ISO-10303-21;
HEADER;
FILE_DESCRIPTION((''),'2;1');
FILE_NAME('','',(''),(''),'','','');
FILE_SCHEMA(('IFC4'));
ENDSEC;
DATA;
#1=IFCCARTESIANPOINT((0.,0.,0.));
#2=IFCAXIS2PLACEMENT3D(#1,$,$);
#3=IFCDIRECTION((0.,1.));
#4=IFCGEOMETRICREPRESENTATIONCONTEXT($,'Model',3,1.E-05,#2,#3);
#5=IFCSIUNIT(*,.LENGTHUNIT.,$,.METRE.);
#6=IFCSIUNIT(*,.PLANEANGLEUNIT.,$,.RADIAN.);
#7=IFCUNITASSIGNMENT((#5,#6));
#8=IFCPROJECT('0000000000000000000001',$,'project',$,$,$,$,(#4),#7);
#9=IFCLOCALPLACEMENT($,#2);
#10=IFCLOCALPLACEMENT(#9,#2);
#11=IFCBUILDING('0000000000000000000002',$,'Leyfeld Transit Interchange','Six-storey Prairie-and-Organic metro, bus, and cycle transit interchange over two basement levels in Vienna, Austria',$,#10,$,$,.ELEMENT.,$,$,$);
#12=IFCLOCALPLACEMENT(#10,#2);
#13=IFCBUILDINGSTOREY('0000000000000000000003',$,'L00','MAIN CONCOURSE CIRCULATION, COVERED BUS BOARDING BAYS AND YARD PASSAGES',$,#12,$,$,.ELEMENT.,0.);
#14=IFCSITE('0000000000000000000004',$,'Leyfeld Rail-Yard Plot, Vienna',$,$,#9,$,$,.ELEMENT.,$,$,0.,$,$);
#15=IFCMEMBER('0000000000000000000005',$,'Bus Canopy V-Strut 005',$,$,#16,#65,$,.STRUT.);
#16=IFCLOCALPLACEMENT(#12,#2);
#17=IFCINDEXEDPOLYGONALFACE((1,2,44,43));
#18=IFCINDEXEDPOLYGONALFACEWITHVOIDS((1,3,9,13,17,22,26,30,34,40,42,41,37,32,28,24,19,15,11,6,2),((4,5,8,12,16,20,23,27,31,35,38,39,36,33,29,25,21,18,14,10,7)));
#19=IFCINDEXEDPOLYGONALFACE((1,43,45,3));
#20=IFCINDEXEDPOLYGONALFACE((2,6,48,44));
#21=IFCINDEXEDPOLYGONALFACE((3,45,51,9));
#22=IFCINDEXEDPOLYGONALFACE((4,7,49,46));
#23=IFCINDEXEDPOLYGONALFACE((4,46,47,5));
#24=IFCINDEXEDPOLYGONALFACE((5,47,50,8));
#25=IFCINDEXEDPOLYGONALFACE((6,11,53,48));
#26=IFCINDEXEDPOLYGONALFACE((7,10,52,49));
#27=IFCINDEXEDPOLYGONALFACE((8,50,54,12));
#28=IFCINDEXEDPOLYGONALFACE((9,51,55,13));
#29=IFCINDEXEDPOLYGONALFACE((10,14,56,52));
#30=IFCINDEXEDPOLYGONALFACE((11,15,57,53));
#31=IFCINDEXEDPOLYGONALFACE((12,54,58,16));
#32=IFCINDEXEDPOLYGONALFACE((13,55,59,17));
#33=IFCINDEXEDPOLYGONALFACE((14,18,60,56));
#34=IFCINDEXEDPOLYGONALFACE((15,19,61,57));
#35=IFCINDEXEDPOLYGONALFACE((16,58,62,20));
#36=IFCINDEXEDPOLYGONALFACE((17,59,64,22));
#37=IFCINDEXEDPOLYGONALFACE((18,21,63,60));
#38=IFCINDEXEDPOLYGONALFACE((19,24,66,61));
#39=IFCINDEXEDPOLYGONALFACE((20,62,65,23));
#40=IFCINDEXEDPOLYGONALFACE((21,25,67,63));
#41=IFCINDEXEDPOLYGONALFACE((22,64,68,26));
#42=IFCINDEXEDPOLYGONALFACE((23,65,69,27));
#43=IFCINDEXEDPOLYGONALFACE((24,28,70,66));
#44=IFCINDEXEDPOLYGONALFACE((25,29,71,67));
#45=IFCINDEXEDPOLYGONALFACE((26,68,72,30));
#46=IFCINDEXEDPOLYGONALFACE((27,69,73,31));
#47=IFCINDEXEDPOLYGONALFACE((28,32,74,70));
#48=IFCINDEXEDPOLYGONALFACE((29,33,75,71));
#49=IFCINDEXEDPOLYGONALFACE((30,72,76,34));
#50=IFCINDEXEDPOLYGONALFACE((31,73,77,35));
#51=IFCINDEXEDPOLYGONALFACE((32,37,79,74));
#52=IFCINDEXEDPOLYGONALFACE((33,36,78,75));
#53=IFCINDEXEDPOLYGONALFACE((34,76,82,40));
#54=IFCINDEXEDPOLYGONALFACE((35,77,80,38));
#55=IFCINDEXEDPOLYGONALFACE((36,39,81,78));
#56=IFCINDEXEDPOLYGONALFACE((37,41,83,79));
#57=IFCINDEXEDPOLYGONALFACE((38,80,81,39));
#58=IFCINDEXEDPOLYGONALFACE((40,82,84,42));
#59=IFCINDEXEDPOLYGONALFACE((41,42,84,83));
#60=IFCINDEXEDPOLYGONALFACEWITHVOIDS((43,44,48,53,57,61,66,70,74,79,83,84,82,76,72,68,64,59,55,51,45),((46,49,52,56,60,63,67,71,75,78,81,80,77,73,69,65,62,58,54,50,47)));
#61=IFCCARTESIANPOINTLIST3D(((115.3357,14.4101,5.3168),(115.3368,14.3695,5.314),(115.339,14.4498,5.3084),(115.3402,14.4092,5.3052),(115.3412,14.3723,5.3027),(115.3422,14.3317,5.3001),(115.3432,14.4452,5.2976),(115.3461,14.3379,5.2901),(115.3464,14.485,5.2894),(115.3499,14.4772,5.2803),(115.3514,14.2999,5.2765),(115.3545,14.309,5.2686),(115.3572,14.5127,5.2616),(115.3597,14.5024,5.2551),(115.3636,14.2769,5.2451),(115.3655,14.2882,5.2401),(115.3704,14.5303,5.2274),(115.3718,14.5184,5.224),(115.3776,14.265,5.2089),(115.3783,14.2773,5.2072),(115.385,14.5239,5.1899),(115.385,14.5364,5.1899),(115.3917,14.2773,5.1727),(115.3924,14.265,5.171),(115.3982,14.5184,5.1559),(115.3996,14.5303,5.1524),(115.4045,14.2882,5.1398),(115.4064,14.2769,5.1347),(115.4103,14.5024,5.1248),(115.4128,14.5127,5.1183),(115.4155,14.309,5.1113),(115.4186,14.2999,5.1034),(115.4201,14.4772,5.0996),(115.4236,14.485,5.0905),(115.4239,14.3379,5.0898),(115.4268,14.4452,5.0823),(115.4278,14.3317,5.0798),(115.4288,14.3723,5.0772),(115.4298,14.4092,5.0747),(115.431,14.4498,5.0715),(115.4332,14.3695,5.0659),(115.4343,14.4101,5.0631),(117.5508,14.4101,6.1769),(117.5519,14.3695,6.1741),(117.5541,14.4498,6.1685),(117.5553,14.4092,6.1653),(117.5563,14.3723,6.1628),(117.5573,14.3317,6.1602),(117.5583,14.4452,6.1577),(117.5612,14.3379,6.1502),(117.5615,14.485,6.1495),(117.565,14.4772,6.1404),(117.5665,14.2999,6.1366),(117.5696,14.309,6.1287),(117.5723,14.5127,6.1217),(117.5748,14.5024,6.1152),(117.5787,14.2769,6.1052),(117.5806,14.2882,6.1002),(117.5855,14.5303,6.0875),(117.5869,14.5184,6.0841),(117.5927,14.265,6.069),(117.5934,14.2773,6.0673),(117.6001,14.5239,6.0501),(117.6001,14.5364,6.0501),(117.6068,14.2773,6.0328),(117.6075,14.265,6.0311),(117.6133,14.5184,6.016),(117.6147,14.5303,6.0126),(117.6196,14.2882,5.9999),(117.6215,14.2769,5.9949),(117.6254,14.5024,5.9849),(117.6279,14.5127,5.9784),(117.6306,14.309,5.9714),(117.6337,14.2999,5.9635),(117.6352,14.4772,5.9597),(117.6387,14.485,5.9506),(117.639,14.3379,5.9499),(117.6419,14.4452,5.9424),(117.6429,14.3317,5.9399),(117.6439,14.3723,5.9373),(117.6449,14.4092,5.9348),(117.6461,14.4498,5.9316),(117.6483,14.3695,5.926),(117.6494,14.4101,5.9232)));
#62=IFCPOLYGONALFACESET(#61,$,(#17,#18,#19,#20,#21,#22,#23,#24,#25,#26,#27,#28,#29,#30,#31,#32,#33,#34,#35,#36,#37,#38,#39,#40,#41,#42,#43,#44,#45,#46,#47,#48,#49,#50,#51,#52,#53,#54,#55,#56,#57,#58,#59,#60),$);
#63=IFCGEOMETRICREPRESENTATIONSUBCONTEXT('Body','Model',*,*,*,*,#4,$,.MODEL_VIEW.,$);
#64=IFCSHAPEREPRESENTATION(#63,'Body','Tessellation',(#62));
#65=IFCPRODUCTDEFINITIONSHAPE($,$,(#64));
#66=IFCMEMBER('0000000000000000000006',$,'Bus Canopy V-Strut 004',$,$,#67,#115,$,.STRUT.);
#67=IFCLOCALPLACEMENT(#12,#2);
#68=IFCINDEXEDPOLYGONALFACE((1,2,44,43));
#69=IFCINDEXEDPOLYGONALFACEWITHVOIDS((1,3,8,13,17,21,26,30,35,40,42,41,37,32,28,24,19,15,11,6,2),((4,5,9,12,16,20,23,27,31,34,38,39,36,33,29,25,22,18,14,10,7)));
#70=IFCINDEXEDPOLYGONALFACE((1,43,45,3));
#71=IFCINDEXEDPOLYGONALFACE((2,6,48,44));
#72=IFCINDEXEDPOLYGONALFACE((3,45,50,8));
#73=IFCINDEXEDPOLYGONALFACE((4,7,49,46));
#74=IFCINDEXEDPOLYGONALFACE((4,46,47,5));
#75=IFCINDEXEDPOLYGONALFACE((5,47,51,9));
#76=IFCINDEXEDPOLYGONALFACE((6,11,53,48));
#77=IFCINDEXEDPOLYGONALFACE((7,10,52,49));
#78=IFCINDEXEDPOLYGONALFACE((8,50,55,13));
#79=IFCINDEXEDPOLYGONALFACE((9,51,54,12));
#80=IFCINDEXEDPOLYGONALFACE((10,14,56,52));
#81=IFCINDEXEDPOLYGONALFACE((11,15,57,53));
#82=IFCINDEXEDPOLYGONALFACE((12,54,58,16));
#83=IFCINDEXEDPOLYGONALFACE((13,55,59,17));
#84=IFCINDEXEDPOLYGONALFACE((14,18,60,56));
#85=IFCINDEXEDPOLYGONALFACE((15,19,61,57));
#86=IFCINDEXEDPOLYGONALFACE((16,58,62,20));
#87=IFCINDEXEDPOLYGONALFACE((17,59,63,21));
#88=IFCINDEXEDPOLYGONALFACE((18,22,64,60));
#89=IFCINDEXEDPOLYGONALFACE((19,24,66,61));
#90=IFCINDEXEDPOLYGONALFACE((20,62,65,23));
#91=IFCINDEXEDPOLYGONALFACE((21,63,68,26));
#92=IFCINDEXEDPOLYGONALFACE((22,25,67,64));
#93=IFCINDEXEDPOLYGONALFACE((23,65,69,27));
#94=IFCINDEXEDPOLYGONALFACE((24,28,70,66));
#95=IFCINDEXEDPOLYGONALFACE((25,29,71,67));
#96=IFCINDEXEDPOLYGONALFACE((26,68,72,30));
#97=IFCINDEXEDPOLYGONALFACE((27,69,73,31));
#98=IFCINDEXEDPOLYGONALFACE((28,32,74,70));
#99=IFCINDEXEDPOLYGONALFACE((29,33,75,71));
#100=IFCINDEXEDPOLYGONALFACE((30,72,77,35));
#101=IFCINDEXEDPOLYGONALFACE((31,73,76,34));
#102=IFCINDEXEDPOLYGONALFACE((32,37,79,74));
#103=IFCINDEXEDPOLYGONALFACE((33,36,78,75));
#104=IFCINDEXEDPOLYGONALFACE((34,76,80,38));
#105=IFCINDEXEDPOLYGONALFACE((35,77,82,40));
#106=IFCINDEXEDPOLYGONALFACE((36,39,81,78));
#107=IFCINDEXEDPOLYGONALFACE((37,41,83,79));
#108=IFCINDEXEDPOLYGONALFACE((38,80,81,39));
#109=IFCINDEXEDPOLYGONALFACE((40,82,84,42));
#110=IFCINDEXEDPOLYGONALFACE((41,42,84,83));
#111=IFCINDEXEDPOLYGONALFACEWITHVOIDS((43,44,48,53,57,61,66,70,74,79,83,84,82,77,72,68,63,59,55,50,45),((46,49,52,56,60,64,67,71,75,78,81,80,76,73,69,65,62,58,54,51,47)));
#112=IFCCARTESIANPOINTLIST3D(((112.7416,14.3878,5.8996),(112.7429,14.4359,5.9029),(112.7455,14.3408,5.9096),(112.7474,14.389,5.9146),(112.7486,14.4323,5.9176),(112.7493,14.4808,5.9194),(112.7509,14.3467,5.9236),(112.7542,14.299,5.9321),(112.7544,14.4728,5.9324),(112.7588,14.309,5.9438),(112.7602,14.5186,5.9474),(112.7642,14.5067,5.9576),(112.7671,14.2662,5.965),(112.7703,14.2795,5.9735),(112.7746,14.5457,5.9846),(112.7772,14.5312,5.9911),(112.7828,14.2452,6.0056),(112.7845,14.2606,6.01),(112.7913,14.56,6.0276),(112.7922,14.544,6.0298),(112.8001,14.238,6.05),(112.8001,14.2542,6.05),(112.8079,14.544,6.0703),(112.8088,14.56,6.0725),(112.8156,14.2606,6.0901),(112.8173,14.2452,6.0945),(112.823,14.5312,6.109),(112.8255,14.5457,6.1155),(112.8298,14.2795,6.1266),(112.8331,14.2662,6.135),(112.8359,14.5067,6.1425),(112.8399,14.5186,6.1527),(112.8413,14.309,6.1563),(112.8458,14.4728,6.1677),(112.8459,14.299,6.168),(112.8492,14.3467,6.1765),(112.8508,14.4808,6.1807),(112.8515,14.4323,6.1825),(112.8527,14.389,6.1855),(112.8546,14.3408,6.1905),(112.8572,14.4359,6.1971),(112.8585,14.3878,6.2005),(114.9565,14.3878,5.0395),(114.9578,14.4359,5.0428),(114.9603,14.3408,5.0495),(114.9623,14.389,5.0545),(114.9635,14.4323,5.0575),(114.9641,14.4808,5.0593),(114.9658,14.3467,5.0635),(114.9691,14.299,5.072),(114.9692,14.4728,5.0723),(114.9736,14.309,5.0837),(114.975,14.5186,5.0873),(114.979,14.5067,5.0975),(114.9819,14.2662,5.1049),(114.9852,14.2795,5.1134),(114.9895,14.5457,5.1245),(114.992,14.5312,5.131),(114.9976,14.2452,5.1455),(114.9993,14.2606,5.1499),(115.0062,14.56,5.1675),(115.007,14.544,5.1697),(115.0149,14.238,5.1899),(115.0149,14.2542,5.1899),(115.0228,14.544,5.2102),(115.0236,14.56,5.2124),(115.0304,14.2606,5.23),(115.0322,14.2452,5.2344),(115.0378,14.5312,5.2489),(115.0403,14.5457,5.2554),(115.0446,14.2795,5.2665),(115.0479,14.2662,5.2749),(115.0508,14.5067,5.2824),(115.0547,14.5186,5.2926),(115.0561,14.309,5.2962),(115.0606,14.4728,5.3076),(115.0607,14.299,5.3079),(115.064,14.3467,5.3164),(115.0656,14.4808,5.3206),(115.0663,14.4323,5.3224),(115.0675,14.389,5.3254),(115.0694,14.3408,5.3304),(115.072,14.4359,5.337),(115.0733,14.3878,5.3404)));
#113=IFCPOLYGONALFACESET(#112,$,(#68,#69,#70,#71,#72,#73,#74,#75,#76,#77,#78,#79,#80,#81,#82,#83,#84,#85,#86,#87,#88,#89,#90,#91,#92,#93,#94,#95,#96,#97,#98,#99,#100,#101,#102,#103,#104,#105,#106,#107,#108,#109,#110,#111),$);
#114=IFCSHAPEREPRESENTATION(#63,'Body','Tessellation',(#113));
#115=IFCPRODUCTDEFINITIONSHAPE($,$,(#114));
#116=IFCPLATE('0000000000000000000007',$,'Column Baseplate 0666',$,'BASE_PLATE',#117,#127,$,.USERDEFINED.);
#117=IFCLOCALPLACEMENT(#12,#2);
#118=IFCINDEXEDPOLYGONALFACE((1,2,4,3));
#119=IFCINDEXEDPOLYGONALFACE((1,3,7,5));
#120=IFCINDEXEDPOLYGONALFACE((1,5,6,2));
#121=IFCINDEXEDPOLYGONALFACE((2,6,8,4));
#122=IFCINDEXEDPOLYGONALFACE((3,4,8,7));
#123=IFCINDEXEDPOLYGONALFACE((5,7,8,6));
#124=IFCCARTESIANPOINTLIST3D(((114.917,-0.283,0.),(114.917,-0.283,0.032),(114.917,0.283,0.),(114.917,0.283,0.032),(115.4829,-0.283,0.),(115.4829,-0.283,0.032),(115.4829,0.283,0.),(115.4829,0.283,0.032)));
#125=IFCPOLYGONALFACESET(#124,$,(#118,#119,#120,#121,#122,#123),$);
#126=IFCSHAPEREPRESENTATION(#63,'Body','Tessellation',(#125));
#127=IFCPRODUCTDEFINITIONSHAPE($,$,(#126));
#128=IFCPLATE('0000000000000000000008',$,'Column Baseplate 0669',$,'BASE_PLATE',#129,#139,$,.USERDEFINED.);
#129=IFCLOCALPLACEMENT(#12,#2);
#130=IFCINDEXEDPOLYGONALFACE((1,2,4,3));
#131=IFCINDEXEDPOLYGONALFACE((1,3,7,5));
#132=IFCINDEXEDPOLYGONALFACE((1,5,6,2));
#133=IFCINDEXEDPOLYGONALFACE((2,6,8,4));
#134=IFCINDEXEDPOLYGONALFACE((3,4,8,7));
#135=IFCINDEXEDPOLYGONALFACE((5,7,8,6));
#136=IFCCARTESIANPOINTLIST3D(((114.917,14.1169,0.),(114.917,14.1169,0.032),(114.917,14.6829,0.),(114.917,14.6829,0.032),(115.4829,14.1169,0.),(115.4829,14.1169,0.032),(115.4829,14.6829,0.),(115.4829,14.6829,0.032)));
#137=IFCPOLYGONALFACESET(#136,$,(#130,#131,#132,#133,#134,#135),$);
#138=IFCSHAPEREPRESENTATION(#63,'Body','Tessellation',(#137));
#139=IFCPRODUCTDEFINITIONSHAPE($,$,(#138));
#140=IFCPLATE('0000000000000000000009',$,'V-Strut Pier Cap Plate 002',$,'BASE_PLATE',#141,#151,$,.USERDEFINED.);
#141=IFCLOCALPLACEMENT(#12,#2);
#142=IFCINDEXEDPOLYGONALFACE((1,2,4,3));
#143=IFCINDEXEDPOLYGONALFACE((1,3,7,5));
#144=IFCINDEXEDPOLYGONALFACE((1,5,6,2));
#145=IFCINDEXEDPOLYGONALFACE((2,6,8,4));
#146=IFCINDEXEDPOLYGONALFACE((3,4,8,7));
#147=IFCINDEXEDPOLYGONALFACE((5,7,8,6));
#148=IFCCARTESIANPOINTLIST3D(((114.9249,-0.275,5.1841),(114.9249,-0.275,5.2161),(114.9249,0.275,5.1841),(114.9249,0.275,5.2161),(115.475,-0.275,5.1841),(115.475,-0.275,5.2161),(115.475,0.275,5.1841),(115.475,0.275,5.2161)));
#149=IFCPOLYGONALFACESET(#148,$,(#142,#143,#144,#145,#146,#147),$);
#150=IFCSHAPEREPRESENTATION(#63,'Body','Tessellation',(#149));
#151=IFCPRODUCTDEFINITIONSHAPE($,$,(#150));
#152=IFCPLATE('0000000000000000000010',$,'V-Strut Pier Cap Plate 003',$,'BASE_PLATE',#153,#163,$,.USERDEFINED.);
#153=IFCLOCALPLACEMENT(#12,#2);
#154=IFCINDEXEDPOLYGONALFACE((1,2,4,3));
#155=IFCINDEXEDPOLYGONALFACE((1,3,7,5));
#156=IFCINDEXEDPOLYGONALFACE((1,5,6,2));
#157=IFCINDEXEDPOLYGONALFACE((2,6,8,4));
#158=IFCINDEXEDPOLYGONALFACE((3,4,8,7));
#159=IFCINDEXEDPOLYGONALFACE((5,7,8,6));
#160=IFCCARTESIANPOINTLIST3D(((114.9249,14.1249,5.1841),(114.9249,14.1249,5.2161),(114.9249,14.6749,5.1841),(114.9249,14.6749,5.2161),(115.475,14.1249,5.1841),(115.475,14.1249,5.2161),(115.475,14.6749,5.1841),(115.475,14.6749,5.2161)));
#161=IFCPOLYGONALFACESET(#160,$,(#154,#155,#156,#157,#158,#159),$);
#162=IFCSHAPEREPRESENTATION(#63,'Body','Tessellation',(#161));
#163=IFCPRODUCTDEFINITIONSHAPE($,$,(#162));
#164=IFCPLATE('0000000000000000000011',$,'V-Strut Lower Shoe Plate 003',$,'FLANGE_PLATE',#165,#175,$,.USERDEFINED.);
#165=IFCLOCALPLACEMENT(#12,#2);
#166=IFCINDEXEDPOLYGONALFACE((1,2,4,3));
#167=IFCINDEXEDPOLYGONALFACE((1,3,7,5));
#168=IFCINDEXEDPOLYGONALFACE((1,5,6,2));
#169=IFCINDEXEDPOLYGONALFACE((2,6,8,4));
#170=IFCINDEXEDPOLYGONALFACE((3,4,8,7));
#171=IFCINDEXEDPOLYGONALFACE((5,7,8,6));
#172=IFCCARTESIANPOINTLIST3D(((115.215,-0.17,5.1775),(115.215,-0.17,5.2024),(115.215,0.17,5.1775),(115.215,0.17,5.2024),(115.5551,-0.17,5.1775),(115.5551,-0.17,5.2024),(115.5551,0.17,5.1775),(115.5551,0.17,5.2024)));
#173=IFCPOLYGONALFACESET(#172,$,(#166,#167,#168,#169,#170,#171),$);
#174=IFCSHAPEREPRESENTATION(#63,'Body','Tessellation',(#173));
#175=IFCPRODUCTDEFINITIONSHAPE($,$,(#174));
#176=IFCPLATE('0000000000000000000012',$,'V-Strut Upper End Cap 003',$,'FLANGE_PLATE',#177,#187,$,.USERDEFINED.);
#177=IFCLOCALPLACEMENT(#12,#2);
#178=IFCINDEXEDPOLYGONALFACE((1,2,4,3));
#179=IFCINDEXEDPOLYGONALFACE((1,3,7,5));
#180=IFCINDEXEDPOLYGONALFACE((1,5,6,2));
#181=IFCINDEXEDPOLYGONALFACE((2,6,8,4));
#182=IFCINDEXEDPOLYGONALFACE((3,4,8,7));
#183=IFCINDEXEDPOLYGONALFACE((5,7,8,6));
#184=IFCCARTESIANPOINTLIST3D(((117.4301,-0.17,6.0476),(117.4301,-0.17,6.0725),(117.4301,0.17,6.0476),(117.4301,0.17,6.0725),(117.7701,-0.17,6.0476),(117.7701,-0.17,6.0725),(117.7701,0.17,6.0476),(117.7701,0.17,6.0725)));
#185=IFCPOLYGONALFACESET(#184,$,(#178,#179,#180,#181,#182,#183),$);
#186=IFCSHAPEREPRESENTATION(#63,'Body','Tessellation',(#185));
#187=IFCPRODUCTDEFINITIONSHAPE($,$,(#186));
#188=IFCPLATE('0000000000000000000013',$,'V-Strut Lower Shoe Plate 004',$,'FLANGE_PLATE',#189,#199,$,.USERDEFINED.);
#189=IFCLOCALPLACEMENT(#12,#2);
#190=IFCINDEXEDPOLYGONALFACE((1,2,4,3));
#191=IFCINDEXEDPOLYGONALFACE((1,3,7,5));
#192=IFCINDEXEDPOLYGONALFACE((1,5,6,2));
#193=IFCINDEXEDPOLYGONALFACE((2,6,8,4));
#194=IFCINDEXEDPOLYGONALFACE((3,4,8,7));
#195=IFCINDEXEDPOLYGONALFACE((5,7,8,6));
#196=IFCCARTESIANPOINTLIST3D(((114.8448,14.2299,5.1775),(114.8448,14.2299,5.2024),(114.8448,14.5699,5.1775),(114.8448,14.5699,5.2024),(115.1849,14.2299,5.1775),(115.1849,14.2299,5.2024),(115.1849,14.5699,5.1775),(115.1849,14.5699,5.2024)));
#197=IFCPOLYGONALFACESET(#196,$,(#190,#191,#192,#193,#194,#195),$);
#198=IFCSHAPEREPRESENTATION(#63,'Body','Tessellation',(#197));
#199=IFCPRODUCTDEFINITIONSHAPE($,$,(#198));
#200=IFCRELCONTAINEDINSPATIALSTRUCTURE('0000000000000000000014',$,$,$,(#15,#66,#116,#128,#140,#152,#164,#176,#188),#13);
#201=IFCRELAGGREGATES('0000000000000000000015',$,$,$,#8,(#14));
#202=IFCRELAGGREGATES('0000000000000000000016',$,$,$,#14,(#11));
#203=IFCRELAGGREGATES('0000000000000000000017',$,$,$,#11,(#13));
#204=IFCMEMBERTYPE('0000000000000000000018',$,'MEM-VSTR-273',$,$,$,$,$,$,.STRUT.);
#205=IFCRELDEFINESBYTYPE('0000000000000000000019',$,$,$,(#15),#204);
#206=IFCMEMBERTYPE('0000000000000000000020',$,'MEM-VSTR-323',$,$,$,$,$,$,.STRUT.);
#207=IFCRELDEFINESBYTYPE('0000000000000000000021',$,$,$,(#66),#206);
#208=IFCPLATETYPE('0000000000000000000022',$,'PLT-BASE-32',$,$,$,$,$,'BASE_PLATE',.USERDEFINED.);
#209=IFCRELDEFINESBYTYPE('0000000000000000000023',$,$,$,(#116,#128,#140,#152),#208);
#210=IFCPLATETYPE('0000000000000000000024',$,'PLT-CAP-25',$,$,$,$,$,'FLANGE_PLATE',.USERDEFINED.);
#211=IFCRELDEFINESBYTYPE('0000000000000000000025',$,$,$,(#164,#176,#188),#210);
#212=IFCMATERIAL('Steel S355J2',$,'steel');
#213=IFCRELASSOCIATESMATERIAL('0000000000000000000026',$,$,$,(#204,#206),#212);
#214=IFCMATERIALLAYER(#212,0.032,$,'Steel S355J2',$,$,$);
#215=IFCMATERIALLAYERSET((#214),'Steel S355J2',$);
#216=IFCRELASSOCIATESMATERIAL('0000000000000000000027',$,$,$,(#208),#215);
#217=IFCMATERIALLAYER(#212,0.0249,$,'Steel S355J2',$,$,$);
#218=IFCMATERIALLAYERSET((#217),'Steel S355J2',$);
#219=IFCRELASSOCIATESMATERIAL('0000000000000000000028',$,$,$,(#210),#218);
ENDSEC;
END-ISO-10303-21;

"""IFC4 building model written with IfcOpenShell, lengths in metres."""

from ifc_helpers import new_model, si_unit, direction, frame, origin, origin_2d, place, context, subcontext, project, spatial, rectangle, hollow_circle, extrude, material, layer, layer_set, material_profile, profile_set, type_object, element, save


model = new_model("IFC4")

# Units and contexts
model_context = context("Model", 3, precision=1e-05, world=origin(), true_north=direction((0.0, 1.0)))
body_context = subcontext(model_context, "Body", "Model", "MODEL_VIEW")
ifc_project = project(units=[si_unit("LENGTHUNIT", "METRE"), si_unit("PLANEANGLEUNIT", "RADIAN")], contexts=[model_context])

# Site, building, storey
site_placement = place(None, origin())
site = spatial("IfcSite", under=ifc_project, at=site_placement, Name="Leyfeld Rail-Yard Plot, Vienna", CompositionType="ELEMENT", RefElevation=0.0)
building_placement = place(site_placement, origin())
building = spatial("IfcBuilding", under=site, at=building_placement, Name="Leyfeld Transit Interchange", Description="Six-storey Prairie-and-Organic metro, bus, and cycle transit interchange over two basement levels in Vienna, Austria", CompositionType="ELEMENT")
storey_placement = place(building_placement, origin())
storey = spatial("IfcBuildingStorey", under=building, at=storey_placement, Name="L00", Description="MAIN CONCOURSE CIRCULATION, COVERED BUS BOARDING BAYS AND YARD PASSAGES", CompositionType="ELEMENT", Elevation=0.0)

# Shared definitions
ifc_material_1 = material(Name="Steel S355J2", Category="steel")

# Members
ifc_material_profile_1 = material_profile(ifc_material_1, hollow_circle(Radius=0.1365, WallThickness=0.0125, at=origin_2d()), Name="CHS 273x12.5")
ifc_profile_set_1 = profile_set([ifc_material_profile_1], Name="Steel S355J2")
member_type_1 = type_object("IfcMemberType", Name="MEM-VSTR-273", PredefinedType="STRUT", material=ifc_profile_set_1)
for number, where, z_axis, x_axis, name in (
    (1, (115.385, 14.3999, 5.1899), (0.932192, 0.0, 0.361965), (0.0, 1.0, 0.0), "Bus Canopy V-Strut 005"),
):
    element("IfcMember", number, at=place(storey_placement, frame(where, z_axis=z_axis, x_axis=x_axis)), inside=storey, type_object=member_type_1, Name=name, PredefinedType="STRUT", context=body_context, shape_type="SweptSolid", body=[
        extrude(hollow_circle(Radius=0.1365, WallThickness=0.0125, at=origin_2d()), origin(), (0.0, 0.0, 1.0), 2.3762),
    ])
ifc_material_profile_2 = material_profile(ifc_material_1, hollow_circle(Radius=0.1619, WallThickness=0.0161, at=origin_2d()), Name="CHS 323.9x16")
ifc_profile_set_2 = profile_set([ifc_material_profile_2], Name="Steel S355J2")
member_type_2 = type_object("IfcMemberType", Name="MEM-VSTR-323", PredefinedType="STRUT", material=ifc_profile_set_2)
member_placement = place(storey_placement, frame((115.0149, 14.3999, 5.1899), z_axis=(-0.932178, 0.0, 0.362), x_axis=(0.0, -1.0, 0.0)))
element("IfcMember", 2, at=member_placement, inside=storey, type_object=member_type_2, Name="Bus Canopy V-Strut 004", PredefinedType="STRUT", context=body_context, shape_type="SweptSolid", body=[
    extrude(hollow_circle(Radius=0.1619, WallThickness=0.0161, at=origin_2d()), origin(), (0.0, 0.0, 1.0), 2.376),
])

# Plates
ifc_layer_1 = layer(ifc_material_1, 0.032, Name="Steel S355J2")
ifc_layer_set_1 = layer_set([ifc_layer_1], Name="Steel S355J2")
plate_type_1 = type_object("IfcPlateType", Name="PLT-BASE-32", ElementType="BASE_PLATE", PredefinedType="USERDEFINED", material=ifc_layer_set_1)
for number, where, z_axis, x_axis, name in (
    (3, (115.2, 0.0, 0.0), (0.0, 0.0, 1.0), (1.0, 0.0, 0.0), "Column Baseplate 0666"),
    (4, (115.2, 14.3999, 0.0), (0.0, 0.0, 1.0), (1.0, 0.0, 0.0), "Column Baseplate 0669"),
):
    element("IfcPlate", number, at=place(storey_placement, frame(where, z_axis=z_axis, x_axis=x_axis)), inside=storey, type_object=plate_type_1, Name=name, ObjectType="BASE_PLATE", PredefinedType="USERDEFINED", context=body_context, shape_type="SweptSolid", body=[
        extrude(rectangle(XDim=0.5659, YDim=0.5659, at=origin_2d()), origin(), (0.0, 0.0, 1.0), 0.032),
    ])
for number, where, z_axis, x_axis, name in (
    (5, (115.2, 0.0, 5.1841), (0.0, 0.0, 1.0), (1.0, 0.0, 0.0), "V-Strut Pier Cap Plate 002"),
    (6, (115.2, 14.3999, 5.1841), (0.0, 0.0, 1.0), (1.0, 0.0, 0.0), "V-Strut Pier Cap Plate 003"),
):
    element("IfcPlate", number, at=place(storey_placement, frame(where, z_axis=z_axis, x_axis=x_axis)), inside=storey, type_object=plate_type_1, Name=name, ObjectType="BASE_PLATE", PredefinedType="USERDEFINED", context=body_context, shape_type="SweptSolid", body=[
        extrude(rectangle(XDim=0.55, YDim=0.55, at=origin_2d()), origin(), (0.0, 0.0, 1.0), 0.032),
    ])
ifc_layer_2 = layer(ifc_material_1, 0.0249, Name="Steel S355J2")
ifc_layer_set_2 = layer_set([ifc_layer_2], Name="Steel S355J2")
plate_type_2 = type_object("IfcPlateType", Name="PLT-CAP-25", ElementType="FLANGE_PLATE", PredefinedType="USERDEFINED", material=ifc_layer_set_2)
for number, where, z_axis, x_axis, name in (
    (7, (115.385, 0.0, 5.1775), (0.0, 0.0, 1.0), (1.0, 0.0, 0.0), "V-Strut Lower Shoe Plate 003"),
    (8, (117.6001, 0.0, 6.0476), (0.0, 0.0, 1.0), (1.0, 0.0, 0.0), "V-Strut Upper End Cap 003"),
    (9, (115.0149, 14.3999, 5.1775), (0.0, 0.0, 1.0), (1.0, 0.0, 0.0), "V-Strut Lower Shoe Plate 004"),
):
    element("IfcPlate", number, at=place(storey_placement, frame(where, z_axis=z_axis, x_axis=x_axis)), inside=storey, type_object=plate_type_2, Name=name, ObjectType="FLANGE_PLATE", PredefinedType="USERDEFINED", context=body_context, shape_type="SweptSolid", body=[
        extrude(rectangle(XDim=0.3401, YDim=0.3401, at=origin_2d()), origin(), (0.0, 0.0, 1.0), 0.0249),
    ])

save(model, "model.ifc")
